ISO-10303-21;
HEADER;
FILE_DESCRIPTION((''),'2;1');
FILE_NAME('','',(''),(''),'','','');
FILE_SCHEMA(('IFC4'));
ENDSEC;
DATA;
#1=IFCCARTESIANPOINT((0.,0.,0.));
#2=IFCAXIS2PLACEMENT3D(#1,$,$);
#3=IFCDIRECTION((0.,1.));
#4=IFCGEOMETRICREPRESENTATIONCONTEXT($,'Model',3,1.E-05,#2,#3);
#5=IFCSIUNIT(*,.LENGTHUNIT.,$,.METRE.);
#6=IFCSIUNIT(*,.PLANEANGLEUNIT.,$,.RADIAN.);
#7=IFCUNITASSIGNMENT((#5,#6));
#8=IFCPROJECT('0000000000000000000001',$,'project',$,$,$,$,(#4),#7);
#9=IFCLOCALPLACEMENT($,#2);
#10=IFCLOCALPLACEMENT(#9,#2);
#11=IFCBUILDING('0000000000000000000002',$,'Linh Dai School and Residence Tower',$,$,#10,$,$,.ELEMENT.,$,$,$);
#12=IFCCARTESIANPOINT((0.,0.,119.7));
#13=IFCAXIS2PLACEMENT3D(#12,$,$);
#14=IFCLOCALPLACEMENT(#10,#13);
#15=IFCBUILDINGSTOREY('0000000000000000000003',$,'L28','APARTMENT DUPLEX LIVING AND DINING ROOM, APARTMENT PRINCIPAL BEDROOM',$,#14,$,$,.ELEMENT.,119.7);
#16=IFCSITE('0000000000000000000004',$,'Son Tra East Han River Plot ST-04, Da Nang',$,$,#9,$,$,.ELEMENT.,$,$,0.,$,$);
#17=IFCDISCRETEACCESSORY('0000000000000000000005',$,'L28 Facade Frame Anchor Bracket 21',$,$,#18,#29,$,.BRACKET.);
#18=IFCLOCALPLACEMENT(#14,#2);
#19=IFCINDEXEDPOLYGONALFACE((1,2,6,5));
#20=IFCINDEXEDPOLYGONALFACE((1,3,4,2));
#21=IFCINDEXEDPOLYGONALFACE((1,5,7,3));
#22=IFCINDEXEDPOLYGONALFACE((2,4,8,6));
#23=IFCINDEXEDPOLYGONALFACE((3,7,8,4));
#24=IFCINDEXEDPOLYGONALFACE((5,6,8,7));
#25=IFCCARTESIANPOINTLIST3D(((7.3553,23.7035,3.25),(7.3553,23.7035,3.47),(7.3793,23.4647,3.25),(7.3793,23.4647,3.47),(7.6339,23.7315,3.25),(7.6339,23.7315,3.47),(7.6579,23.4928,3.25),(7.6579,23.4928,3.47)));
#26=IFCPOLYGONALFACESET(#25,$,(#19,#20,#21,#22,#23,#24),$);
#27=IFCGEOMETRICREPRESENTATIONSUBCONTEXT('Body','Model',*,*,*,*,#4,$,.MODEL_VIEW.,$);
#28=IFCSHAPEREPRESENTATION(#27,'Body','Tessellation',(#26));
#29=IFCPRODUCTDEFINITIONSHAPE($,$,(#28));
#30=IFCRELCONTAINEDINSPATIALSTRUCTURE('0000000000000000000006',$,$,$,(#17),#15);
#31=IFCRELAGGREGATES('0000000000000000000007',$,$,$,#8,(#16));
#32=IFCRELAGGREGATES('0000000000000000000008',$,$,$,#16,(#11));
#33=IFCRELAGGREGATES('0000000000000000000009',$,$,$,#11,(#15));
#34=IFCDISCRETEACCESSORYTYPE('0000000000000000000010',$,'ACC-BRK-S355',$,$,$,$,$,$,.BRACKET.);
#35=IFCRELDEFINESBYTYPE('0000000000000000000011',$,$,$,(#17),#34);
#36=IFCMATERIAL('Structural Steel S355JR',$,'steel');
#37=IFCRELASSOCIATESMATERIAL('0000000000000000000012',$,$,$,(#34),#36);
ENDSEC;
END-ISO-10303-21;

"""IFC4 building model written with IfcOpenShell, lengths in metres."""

from ifc_helpers import new_model, si_unit, direction, frame, origin, origin_2d, place, context, subcontext, project, spatial, rectangle, extrude, source, transform, mapped, material, type_object, element, save


model = new_model("IFC4")

# Units and contexts
model_context = context("Model", 3, precision=1e-05, world=origin(), true_north=direction((0.0, 1.0)))
body_context = subcontext(model_context, "Body", "Model", "MODEL_VIEW")
ifc_project = project(units=[si_unit("LENGTHUNIT", "METRE"), si_unit("PLANEANGLEUNIT", "RADIAN")], contexts=[model_context])

# Site, building, storey
site_placement = place(None, origin())
site = spatial("IfcSite", under=ifc_project, at=site_placement, Name="Son Tra East Han River Plot ST-04, Da Nang", CompositionType="ELEMENT", RefElevation=0.0)
building_placement = place(site_placement, origin())
building = spatial("IfcBuilding", under=site, at=building_placement, Name="Linh Dai School and Residence Tower", CompositionType="ELEMENT")
storey_placement = place(building_placement, frame((0.0, 0.0, 119.7)))
storey = spatial("IfcBuildingStorey", under=building, at=storey_placement, Name="L28", Description="APARTMENT DUPLEX LIVING AND DINING ROOM, APARTMENT PRINCIPAL BEDROOM", CompositionType="ELEMENT", Elevation=119.7)

# Shared definitions
ifc_material_1 = material(Name="Structural Steel S355JR", Category="steel")

# Discrete accessory
discrete_accessory_type = type_object("IfcDiscreteAccessoryType", Name="ACC-BRK-S355", PredefinedType="BRACKET", material=ifc_material_1)
shared_shape_1 = source(origin(), body_context, "Body", "SweptSolid", [
    extrude(rectangle(XDim=0.28, YDim=0.24, at=origin_2d()), origin(), (0.0, 0.0, 1.0), 0.22),
])
discrete_accessory_placement = place(storey_placement, frame((7.5066, 23.5981, 3.25), z_axis=(0.0, 0.0, 1.0), x_axis=(-0.994987, -0.100007, 0.0)))
element("IfcDiscreteAccessory", 1, at=discrete_accessory_placement, inside=storey, type_object=discrete_accessory_type, Name="L28 Facade Frame Anchor Bracket 21", PredefinedType="BRACKET", context=body_context, shape_type="MappedRepresentation", body=[
    mapped(shared_shape_1, transform((0.0, 0.0, 0.0), x_axis=(1.0, 0.0, 0.0), y_axis=(0.0, 1.0, 0.0), z_axis=(0.0, 0.0, 1.0), scale=1.0)),
])

save(model, "model.ifc")
